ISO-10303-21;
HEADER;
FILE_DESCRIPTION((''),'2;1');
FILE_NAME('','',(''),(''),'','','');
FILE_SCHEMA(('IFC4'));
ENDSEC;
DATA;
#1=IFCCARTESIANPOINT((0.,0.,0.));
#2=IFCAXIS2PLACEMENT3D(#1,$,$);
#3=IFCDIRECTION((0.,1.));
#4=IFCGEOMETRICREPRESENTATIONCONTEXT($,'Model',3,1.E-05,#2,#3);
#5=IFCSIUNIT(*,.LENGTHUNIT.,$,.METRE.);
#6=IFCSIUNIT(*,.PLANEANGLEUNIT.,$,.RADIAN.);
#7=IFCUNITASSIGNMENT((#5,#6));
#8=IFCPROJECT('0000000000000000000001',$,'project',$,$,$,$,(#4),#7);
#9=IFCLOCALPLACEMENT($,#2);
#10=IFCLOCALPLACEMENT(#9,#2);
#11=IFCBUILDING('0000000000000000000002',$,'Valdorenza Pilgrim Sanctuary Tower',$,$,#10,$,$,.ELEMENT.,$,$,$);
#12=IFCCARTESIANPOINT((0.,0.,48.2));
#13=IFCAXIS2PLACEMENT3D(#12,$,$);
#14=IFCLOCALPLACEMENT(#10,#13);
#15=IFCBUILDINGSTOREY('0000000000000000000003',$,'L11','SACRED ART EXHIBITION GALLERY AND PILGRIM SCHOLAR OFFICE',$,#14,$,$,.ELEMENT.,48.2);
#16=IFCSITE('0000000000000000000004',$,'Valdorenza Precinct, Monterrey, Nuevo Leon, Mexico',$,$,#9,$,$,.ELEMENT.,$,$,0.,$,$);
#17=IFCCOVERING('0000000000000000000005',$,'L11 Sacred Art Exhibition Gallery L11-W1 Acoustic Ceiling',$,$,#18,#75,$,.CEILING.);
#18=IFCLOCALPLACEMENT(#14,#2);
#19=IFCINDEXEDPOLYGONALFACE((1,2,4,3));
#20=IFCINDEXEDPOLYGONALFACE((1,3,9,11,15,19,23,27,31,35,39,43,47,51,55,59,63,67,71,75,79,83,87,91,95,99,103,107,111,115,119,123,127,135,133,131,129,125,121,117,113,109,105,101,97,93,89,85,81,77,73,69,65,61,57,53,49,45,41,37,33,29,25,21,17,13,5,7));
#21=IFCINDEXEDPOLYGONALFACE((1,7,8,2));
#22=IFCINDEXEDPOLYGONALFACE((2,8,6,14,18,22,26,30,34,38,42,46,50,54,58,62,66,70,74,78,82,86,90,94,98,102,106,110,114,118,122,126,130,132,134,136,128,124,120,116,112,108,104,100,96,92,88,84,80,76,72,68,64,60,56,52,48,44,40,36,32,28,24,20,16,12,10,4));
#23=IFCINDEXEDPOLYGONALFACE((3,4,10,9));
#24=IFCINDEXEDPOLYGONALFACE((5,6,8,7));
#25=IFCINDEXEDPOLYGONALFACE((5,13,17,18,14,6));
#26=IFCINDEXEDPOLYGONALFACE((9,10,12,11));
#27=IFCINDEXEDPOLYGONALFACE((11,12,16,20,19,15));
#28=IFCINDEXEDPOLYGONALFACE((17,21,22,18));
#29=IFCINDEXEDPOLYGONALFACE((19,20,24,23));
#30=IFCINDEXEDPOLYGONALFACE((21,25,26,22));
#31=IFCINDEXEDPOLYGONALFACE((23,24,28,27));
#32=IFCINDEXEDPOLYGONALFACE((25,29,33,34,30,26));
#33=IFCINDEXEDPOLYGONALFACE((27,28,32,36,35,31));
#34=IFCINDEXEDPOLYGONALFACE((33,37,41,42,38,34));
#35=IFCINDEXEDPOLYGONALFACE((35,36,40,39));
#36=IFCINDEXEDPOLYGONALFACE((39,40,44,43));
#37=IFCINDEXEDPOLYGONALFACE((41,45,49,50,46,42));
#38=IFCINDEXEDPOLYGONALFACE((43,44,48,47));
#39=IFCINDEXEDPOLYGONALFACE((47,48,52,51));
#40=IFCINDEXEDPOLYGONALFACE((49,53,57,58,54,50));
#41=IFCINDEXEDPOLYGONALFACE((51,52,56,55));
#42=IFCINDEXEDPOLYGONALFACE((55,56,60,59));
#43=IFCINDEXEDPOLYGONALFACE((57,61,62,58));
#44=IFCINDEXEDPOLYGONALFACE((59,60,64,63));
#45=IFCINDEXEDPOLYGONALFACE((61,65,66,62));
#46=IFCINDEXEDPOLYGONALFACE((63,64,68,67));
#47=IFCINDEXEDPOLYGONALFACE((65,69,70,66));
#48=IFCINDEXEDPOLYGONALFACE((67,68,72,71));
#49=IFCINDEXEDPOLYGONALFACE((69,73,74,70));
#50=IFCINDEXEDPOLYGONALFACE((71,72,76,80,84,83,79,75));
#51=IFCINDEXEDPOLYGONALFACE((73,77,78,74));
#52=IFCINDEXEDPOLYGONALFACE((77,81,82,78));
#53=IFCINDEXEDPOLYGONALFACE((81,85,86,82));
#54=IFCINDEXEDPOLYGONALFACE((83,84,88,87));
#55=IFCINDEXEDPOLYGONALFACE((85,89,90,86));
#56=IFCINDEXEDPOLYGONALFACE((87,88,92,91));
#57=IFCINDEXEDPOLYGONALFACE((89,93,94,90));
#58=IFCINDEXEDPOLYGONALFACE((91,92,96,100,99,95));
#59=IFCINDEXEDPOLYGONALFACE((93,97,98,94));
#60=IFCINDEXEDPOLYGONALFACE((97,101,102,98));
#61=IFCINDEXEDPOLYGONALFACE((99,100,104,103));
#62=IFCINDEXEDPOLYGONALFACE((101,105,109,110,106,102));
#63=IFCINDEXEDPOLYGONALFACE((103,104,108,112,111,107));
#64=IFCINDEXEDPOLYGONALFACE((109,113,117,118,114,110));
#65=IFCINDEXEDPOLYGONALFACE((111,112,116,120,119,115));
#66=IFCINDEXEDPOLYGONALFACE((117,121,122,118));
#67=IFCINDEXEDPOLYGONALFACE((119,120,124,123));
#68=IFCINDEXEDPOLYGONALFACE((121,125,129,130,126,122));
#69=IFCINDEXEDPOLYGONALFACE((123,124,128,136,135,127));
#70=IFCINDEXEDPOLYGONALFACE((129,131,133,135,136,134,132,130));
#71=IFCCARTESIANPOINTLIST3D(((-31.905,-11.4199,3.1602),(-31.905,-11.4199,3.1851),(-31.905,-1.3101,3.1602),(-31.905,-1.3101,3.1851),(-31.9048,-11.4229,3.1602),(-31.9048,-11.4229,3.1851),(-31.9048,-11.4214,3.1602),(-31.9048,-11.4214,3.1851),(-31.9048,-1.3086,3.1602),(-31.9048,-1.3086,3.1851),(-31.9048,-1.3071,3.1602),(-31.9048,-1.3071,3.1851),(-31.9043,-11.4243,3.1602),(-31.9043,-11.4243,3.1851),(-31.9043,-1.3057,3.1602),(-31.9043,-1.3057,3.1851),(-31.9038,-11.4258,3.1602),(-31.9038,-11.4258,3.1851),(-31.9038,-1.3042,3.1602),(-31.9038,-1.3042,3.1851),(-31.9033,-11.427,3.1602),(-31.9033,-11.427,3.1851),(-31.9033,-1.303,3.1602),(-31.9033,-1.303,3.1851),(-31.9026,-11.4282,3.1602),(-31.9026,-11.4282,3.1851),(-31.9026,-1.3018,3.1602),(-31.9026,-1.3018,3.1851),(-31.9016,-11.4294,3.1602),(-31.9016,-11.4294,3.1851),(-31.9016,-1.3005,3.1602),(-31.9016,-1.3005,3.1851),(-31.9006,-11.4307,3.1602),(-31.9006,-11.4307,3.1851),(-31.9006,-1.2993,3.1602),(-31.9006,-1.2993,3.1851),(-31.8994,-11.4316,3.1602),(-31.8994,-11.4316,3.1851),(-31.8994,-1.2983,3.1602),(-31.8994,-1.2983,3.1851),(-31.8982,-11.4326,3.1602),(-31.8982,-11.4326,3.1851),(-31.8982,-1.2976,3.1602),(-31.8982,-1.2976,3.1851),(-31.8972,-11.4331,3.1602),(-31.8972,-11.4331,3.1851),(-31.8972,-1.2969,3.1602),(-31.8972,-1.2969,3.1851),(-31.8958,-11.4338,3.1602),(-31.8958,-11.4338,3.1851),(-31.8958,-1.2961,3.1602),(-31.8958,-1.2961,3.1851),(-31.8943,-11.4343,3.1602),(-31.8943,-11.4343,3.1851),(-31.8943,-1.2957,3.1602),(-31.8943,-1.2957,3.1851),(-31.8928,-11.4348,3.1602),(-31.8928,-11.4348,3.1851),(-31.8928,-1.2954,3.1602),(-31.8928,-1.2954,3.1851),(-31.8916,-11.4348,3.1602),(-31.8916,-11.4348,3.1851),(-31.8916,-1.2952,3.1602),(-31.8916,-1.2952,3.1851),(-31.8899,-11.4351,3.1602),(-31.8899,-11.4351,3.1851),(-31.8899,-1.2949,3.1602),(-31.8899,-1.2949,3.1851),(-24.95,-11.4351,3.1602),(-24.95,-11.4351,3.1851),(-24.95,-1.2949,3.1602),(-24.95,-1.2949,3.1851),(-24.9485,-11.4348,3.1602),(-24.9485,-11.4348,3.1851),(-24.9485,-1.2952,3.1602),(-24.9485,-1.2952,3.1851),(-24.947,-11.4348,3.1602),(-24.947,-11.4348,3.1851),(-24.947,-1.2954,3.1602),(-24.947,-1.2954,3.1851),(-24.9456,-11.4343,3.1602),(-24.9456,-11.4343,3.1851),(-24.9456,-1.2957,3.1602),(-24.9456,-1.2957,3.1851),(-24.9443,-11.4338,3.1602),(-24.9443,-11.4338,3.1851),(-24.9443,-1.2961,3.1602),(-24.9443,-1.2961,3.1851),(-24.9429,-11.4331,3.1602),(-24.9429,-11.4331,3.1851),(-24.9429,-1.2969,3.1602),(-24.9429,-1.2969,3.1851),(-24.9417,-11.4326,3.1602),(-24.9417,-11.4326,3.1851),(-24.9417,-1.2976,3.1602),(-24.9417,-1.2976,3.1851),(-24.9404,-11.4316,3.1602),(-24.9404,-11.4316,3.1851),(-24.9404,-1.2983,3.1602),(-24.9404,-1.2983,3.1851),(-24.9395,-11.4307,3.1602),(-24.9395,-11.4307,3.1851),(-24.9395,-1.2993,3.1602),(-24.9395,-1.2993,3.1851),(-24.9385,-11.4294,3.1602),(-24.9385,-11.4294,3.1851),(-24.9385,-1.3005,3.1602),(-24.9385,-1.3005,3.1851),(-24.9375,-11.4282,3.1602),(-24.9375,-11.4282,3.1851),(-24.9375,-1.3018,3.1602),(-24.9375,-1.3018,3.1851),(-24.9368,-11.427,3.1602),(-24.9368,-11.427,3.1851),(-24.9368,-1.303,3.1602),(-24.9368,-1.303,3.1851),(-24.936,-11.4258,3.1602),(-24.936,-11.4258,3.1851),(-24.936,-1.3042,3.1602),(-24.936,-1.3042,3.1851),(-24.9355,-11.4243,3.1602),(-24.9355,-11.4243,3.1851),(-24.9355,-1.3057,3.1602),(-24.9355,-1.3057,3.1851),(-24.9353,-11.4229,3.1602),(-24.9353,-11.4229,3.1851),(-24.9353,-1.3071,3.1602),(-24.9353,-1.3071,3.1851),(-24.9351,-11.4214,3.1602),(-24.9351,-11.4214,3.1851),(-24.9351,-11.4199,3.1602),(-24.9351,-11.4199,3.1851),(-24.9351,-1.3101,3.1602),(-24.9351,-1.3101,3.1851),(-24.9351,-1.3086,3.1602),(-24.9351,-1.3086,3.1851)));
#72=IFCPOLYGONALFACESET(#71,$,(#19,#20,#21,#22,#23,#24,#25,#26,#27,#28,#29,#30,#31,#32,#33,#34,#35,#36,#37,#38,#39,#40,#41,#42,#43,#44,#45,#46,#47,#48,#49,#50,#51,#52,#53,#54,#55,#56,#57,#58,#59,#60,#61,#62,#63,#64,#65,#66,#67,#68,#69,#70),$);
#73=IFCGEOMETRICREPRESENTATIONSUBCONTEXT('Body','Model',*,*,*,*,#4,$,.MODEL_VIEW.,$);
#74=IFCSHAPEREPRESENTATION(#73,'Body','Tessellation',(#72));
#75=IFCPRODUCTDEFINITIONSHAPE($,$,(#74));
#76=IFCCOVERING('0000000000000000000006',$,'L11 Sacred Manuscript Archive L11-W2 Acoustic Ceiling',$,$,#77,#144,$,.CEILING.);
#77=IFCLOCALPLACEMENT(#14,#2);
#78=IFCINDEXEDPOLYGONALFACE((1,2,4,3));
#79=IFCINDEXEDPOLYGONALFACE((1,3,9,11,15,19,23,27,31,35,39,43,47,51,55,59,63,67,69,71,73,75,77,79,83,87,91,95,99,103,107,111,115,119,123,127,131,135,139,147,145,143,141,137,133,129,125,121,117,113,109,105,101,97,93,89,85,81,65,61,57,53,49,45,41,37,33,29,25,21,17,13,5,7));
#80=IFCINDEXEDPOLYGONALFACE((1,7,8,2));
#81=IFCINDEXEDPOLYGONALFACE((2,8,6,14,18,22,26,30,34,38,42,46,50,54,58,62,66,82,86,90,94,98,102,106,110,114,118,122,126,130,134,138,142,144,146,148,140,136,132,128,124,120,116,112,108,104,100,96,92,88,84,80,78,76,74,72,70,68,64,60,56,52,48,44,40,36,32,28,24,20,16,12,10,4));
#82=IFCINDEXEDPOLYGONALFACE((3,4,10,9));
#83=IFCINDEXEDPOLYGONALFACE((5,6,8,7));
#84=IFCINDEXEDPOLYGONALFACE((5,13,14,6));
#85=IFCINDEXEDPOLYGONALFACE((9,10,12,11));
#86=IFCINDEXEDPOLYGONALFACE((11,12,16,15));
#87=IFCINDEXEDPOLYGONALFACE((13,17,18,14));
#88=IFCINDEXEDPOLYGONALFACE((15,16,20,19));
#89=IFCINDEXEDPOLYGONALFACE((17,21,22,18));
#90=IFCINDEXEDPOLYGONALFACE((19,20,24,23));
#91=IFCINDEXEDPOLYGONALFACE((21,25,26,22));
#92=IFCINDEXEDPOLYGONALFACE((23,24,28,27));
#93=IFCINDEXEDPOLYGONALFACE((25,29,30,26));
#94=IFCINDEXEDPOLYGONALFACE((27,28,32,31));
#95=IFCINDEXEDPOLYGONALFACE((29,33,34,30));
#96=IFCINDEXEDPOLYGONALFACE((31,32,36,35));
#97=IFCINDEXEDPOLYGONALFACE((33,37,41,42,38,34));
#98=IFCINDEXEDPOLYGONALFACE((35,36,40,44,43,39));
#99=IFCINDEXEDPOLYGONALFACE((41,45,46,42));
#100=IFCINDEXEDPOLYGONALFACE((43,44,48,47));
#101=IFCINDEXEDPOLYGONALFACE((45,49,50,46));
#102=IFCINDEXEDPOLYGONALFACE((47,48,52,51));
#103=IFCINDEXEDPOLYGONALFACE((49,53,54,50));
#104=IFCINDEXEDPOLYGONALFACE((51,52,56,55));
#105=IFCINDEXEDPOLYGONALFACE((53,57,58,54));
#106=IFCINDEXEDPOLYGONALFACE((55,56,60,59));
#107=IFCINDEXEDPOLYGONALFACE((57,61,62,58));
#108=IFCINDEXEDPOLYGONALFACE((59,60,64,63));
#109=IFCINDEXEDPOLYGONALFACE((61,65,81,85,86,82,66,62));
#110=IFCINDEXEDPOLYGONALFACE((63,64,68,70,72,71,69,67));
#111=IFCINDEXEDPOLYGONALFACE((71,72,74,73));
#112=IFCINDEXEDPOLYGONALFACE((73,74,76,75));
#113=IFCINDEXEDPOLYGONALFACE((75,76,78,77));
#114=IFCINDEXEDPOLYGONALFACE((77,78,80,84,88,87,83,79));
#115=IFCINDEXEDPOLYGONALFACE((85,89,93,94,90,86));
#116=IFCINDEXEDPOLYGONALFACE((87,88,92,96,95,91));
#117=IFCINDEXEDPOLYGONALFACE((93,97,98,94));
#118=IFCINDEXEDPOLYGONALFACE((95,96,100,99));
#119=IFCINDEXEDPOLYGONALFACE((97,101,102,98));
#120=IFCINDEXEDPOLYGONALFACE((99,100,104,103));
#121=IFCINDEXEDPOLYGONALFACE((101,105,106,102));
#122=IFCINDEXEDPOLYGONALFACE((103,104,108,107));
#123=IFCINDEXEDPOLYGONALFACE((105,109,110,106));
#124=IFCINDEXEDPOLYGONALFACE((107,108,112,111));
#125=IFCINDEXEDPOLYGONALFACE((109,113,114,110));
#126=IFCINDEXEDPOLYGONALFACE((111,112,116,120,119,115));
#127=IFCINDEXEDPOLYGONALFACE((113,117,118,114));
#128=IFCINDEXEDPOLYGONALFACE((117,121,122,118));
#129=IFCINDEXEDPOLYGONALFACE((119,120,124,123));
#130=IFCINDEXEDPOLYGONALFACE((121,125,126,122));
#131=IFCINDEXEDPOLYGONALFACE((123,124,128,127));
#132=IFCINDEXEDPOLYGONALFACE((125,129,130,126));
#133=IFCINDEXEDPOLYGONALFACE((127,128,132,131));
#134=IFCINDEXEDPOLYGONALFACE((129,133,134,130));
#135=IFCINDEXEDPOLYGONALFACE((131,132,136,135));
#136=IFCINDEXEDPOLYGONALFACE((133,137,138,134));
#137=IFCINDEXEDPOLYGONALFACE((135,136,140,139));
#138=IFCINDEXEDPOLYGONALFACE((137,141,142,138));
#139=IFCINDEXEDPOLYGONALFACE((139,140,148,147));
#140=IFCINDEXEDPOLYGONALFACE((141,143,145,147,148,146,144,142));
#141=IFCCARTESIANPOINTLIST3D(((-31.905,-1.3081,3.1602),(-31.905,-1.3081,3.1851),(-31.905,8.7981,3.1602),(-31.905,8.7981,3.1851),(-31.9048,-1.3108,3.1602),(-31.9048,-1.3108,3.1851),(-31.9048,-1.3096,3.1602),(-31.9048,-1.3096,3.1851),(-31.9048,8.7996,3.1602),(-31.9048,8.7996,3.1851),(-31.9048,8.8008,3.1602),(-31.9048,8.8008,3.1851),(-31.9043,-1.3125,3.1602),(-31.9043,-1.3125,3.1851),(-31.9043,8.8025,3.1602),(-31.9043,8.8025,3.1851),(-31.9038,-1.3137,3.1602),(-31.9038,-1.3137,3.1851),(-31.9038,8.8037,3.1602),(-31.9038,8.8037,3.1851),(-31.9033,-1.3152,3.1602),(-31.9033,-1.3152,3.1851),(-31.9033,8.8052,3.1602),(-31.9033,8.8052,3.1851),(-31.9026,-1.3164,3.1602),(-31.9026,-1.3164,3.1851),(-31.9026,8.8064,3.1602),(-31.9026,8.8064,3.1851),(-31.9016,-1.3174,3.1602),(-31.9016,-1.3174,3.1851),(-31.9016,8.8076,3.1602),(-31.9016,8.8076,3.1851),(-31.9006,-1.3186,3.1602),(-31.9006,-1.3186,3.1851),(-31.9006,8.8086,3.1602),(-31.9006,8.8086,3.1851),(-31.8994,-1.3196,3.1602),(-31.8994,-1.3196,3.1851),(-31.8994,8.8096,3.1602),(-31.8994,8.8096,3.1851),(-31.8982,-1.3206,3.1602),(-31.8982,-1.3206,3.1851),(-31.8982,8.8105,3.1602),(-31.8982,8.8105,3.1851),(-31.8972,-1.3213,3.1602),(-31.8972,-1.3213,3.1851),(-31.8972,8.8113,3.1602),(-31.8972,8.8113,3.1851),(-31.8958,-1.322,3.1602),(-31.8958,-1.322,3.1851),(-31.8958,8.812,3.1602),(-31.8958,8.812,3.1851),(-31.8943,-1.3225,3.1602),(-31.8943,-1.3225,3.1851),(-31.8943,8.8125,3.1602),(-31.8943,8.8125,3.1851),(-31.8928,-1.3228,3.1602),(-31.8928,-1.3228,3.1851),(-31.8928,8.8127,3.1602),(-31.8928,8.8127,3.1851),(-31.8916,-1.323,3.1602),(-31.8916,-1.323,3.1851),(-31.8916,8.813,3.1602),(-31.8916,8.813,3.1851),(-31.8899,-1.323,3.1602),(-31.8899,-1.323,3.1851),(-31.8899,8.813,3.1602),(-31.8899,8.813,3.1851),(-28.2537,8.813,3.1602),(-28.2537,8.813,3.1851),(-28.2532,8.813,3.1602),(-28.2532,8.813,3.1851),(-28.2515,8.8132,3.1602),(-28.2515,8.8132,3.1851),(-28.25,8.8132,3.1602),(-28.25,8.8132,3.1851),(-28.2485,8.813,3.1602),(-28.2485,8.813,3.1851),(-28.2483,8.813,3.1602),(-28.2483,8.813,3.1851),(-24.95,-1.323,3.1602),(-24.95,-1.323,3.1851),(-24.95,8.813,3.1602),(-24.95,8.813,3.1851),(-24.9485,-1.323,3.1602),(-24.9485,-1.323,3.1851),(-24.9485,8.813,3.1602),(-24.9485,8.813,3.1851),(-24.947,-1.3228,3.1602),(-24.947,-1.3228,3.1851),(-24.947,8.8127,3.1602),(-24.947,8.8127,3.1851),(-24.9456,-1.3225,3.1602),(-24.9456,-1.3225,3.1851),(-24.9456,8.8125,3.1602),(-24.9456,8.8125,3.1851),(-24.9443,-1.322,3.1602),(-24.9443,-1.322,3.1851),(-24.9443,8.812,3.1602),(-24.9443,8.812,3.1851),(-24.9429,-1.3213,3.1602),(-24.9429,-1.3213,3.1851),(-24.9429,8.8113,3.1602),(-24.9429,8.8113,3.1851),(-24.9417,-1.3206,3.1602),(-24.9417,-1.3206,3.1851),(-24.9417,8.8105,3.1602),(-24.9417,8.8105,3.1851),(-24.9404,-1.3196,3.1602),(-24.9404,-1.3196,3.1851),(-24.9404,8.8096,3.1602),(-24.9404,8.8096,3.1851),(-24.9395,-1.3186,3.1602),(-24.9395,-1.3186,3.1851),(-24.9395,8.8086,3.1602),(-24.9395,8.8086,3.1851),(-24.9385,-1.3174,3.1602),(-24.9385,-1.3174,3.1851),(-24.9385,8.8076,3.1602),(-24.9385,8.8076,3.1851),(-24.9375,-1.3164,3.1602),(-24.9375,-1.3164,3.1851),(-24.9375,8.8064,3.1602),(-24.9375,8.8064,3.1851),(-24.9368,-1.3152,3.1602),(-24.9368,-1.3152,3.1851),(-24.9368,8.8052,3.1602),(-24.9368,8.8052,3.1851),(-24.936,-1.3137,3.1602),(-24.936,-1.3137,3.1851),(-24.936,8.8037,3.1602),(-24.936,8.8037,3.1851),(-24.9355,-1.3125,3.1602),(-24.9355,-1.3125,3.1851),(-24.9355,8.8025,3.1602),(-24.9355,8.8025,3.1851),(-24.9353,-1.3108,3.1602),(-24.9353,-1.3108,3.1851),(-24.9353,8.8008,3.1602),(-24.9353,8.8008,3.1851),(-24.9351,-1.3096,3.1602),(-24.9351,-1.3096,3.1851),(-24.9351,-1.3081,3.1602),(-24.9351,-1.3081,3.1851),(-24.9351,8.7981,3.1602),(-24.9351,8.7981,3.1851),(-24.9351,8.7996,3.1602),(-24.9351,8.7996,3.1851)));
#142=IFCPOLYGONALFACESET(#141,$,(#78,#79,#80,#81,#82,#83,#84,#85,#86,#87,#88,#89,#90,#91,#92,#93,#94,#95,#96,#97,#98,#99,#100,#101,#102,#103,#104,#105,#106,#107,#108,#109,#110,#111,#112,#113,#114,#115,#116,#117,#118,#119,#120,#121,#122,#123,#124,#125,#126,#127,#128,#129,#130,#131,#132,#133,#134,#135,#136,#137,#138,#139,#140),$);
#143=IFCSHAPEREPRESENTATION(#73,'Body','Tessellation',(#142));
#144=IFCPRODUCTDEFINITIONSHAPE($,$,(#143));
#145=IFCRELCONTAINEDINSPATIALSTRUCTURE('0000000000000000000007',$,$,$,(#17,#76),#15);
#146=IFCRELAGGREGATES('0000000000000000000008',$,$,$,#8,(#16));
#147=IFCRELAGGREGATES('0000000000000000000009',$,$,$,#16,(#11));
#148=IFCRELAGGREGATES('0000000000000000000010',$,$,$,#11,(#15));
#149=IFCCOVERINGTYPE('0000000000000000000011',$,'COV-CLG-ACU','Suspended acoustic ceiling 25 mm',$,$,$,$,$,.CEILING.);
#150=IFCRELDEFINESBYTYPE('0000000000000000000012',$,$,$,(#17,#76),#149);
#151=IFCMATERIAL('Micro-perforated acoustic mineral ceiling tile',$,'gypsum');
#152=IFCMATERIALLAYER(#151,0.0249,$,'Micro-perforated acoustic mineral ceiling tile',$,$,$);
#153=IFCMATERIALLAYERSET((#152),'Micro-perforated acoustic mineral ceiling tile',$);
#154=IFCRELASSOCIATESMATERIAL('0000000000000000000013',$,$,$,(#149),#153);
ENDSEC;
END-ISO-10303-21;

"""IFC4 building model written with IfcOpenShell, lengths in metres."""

from ifc_helpers import new_model, si_unit, direction, frame, origin, place, context, subcontext, project, spatial, polyline, outline, extrude, material, layer, layer_set, type_object, element, save


model = new_model("IFC4")

# Units and contexts
model_context = context("Model", 3, precision=1e-05, world=origin(), true_north=direction((0.0, 1.0)))
body_context = subcontext(model_context, "Body", "Model", "MODEL_VIEW")
ifc_project = project(units=[si_unit("LENGTHUNIT", "METRE"), si_unit("PLANEANGLEUNIT", "RADIAN")], contexts=[model_context])

# Site, building, storey
site_placement = place(None, origin())
site = spatial("IfcSite", under=ifc_project, at=site_placement, Name="Valdorenza Precinct, Monterrey, Nuevo Leon, Mexico", CompositionType="ELEMENT", RefElevation=0.0)
building_placement = place(site_placement, origin())
building = spatial("IfcBuilding", under=site, at=building_placement, Name="Valdorenza Pilgrim Sanctuary Tower", CompositionType="ELEMENT")
storey_placement = place(building_placement, frame((0.0, 0.0, 48.2)))
storey = spatial("IfcBuildingStorey", under=building, at=storey_placement, Name="L11", Description="SACRED ART EXHIBITION GALLERY AND PILGRIM SCHOLAR OFFICE", CompositionType="ELEMENT", Elevation=48.2)

# Coverings
ifc_material_1 = material(Name="Micro-perforated acoustic mineral ceiling tile", Category="gypsum")
ifc_layer_1 = layer(ifc_material_1, 0.0249, Name="Micro-perforated acoustic mineral ceiling tile")
ifc_layer_set_1 = layer_set([ifc_layer_1], Name="Micro-perforated acoustic mineral ceiling tile")
covering_type_1 = type_object("IfcCoveringType", Name="COV-CLG-ACU", Description="Suspended acoustic ceiling 25 mm", PredefinedType="CEILING", material=ifc_layer_set_1)
covering_1_placement = place(storey_placement, frame((0.0, 0.0, 3.1602)))
element("IfcCovering", 1, at=covering_1_placement, inside=storey, type_object=covering_type_1, Name="L11 Sacred Art Exhibition Gallery L11-W1 Acoustic Ceiling", PredefinedType="CEILING", context=body_context, shape_type="SweptSolid", body=[
    extrude(outline(polyline([(-24.9351, -11.4199), (-24.9351, -11.4214), (-24.9353, -11.4229), (-24.9355, -11.4243), (-24.936, -11.4258), (-24.9368, -11.427), (-24.9375, -11.4282), (-24.9385, -11.4294), (-24.9395, -11.4307), (-24.9404, -11.4316), (-24.9417, -11.4326), (-24.9429, -11.4331), (-24.9443, -11.4338), (-24.9456, -11.4343), (-24.947, -11.4348), (-24.9485, -11.4348), (-24.95, -11.4351), (-31.8899, -11.4351), (-31.8916, -11.4348), (-31.8928, -11.4348), (-31.8943, -11.4343), (-31.8958, -11.4338), (-31.8972, -11.4331), (-31.8982, -11.4326), (-31.8994, -11.4316), (-31.9006, -11.4307), (-31.9016, -11.4294), (-31.9026, -11.4282), (-31.9033, -11.427), (-31.9038, -11.4258), (-31.9043, -11.4243), (-31.9048, -11.4229), (-31.9048, -11.4214), (-31.905, -11.4199), (-31.905, -1.3101), (-31.9048, -1.3086), (-31.9048, -1.3071), (-31.9043, -1.3057), (-31.9038, -1.3042), (-31.9033, -1.303), (-31.9026, -1.3018), (-31.9016, -1.3005), (-31.9006, -1.2993), (-31.8994, -1.2983), (-31.8982, -1.2976), (-31.8972, -1.2969), (-31.8958, -1.2961), (-31.8943, -1.2957), (-31.8928, -1.2954), (-31.8916, -1.2952), (-31.8899, -1.2949), (-24.95, -1.2949), (-24.9485, -1.2952), (-24.947, -1.2954), (-24.9456, -1.2957), (-24.9443, -1.2961), (-24.9429, -1.2969), (-24.9417, -1.2976), (-24.9404, -1.2983), (-24.9395, -1.2993), (-24.9385, -1.3005), (-24.9375, -1.3018), (-24.9368, -1.303), (-24.936, -1.3042), (-24.9355, -1.3057), (-24.9353, -1.3071), (-24.9351, -1.3086), (-24.9351, -1.3101), (-24.9351, -11.4199)])), origin(), (0.0, 0.0, 1.0), 0.0249),
])
covering_2_placement = place(storey_placement, frame((0.0, 0.0, 3.1602)))
element("IfcCovering", 2, at=covering_2_placement, inside=storey, type_object=covering_type_1, Name="L11 Sacred Manuscript Archive L11-W2 Acoustic Ceiling", PredefinedType="CEILING", context=body_context, shape_type="SweptSolid", body=[
    extrude(outline(polyline([(-28.2537, 8.813), (-28.2532, 8.813), (-28.2515, 8.8132), (-28.25, 8.8132), (-28.2485, 8.813), (-28.2483, 8.813), (-24.95, 8.813), (-24.9485, 8.813), (-24.947, 8.8127), (-24.9456, 8.8125), (-24.9443, 8.812), (-24.9429, 8.8113), (-24.9417, 8.8105), (-24.9404, 8.8096), (-24.9395, 8.8086), (-24.9385, 8.8076), (-24.9375, 8.8064), (-24.9368, 8.8052), (-24.936, 8.8037), (-24.9355, 8.8025), (-24.9353, 8.8008), (-24.9351, 8.7996), (-24.9351, 8.7981), (-24.9351, -1.3081), (-24.9351, -1.3096), (-24.9353, -1.3108), (-24.9355, -1.3125), (-24.936, -1.3137), (-24.9368, -1.3152), (-24.9375, -1.3164), (-24.9385, -1.3174), (-24.9395, -1.3186), (-24.9404, -1.3196), (-24.9417, -1.3206), (-24.9429, -1.3213), (-24.9443, -1.322), (-24.9456, -1.3225), (-24.947, -1.3228), (-24.9485, -1.323), (-24.95, -1.323), (-31.8899, -1.323), (-31.8916, -1.323), (-31.8928, -1.3228), (-31.8943, -1.3225), (-31.8958, -1.322), (-31.8972, -1.3213), (-31.8982, -1.3206), (-31.8994, -1.3196), (-31.9006, -1.3186), (-31.9016, -1.3174), (-31.9026, -1.3164), (-31.9033, -1.3152), (-31.9038, -1.3137), (-31.9043, -1.3125), (-31.9048, -1.3108), (-31.9048, -1.3096), (-31.905, -1.3081), (-31.905, 8.7981), (-31.9048, 8.7996), (-31.9048, 8.8008), (-31.9043, 8.8025), (-31.9038, 8.8037), (-31.9033, 8.8052), (-31.9026, 8.8064), (-31.9016, 8.8076), (-31.9006, 8.8086), (-31.8994, 8.8096), (-31.8982, 8.8105), (-31.8972, 8.8113), (-31.8958, 8.812), (-31.8943, 8.8125), (-31.8928, 8.8127), (-31.8916, 8.813), (-31.8899, 8.813), (-28.2537, 8.813)])), origin(), (0.0, 0.0, 1.0), 0.0249),
])

save(model, "model.ifc")
